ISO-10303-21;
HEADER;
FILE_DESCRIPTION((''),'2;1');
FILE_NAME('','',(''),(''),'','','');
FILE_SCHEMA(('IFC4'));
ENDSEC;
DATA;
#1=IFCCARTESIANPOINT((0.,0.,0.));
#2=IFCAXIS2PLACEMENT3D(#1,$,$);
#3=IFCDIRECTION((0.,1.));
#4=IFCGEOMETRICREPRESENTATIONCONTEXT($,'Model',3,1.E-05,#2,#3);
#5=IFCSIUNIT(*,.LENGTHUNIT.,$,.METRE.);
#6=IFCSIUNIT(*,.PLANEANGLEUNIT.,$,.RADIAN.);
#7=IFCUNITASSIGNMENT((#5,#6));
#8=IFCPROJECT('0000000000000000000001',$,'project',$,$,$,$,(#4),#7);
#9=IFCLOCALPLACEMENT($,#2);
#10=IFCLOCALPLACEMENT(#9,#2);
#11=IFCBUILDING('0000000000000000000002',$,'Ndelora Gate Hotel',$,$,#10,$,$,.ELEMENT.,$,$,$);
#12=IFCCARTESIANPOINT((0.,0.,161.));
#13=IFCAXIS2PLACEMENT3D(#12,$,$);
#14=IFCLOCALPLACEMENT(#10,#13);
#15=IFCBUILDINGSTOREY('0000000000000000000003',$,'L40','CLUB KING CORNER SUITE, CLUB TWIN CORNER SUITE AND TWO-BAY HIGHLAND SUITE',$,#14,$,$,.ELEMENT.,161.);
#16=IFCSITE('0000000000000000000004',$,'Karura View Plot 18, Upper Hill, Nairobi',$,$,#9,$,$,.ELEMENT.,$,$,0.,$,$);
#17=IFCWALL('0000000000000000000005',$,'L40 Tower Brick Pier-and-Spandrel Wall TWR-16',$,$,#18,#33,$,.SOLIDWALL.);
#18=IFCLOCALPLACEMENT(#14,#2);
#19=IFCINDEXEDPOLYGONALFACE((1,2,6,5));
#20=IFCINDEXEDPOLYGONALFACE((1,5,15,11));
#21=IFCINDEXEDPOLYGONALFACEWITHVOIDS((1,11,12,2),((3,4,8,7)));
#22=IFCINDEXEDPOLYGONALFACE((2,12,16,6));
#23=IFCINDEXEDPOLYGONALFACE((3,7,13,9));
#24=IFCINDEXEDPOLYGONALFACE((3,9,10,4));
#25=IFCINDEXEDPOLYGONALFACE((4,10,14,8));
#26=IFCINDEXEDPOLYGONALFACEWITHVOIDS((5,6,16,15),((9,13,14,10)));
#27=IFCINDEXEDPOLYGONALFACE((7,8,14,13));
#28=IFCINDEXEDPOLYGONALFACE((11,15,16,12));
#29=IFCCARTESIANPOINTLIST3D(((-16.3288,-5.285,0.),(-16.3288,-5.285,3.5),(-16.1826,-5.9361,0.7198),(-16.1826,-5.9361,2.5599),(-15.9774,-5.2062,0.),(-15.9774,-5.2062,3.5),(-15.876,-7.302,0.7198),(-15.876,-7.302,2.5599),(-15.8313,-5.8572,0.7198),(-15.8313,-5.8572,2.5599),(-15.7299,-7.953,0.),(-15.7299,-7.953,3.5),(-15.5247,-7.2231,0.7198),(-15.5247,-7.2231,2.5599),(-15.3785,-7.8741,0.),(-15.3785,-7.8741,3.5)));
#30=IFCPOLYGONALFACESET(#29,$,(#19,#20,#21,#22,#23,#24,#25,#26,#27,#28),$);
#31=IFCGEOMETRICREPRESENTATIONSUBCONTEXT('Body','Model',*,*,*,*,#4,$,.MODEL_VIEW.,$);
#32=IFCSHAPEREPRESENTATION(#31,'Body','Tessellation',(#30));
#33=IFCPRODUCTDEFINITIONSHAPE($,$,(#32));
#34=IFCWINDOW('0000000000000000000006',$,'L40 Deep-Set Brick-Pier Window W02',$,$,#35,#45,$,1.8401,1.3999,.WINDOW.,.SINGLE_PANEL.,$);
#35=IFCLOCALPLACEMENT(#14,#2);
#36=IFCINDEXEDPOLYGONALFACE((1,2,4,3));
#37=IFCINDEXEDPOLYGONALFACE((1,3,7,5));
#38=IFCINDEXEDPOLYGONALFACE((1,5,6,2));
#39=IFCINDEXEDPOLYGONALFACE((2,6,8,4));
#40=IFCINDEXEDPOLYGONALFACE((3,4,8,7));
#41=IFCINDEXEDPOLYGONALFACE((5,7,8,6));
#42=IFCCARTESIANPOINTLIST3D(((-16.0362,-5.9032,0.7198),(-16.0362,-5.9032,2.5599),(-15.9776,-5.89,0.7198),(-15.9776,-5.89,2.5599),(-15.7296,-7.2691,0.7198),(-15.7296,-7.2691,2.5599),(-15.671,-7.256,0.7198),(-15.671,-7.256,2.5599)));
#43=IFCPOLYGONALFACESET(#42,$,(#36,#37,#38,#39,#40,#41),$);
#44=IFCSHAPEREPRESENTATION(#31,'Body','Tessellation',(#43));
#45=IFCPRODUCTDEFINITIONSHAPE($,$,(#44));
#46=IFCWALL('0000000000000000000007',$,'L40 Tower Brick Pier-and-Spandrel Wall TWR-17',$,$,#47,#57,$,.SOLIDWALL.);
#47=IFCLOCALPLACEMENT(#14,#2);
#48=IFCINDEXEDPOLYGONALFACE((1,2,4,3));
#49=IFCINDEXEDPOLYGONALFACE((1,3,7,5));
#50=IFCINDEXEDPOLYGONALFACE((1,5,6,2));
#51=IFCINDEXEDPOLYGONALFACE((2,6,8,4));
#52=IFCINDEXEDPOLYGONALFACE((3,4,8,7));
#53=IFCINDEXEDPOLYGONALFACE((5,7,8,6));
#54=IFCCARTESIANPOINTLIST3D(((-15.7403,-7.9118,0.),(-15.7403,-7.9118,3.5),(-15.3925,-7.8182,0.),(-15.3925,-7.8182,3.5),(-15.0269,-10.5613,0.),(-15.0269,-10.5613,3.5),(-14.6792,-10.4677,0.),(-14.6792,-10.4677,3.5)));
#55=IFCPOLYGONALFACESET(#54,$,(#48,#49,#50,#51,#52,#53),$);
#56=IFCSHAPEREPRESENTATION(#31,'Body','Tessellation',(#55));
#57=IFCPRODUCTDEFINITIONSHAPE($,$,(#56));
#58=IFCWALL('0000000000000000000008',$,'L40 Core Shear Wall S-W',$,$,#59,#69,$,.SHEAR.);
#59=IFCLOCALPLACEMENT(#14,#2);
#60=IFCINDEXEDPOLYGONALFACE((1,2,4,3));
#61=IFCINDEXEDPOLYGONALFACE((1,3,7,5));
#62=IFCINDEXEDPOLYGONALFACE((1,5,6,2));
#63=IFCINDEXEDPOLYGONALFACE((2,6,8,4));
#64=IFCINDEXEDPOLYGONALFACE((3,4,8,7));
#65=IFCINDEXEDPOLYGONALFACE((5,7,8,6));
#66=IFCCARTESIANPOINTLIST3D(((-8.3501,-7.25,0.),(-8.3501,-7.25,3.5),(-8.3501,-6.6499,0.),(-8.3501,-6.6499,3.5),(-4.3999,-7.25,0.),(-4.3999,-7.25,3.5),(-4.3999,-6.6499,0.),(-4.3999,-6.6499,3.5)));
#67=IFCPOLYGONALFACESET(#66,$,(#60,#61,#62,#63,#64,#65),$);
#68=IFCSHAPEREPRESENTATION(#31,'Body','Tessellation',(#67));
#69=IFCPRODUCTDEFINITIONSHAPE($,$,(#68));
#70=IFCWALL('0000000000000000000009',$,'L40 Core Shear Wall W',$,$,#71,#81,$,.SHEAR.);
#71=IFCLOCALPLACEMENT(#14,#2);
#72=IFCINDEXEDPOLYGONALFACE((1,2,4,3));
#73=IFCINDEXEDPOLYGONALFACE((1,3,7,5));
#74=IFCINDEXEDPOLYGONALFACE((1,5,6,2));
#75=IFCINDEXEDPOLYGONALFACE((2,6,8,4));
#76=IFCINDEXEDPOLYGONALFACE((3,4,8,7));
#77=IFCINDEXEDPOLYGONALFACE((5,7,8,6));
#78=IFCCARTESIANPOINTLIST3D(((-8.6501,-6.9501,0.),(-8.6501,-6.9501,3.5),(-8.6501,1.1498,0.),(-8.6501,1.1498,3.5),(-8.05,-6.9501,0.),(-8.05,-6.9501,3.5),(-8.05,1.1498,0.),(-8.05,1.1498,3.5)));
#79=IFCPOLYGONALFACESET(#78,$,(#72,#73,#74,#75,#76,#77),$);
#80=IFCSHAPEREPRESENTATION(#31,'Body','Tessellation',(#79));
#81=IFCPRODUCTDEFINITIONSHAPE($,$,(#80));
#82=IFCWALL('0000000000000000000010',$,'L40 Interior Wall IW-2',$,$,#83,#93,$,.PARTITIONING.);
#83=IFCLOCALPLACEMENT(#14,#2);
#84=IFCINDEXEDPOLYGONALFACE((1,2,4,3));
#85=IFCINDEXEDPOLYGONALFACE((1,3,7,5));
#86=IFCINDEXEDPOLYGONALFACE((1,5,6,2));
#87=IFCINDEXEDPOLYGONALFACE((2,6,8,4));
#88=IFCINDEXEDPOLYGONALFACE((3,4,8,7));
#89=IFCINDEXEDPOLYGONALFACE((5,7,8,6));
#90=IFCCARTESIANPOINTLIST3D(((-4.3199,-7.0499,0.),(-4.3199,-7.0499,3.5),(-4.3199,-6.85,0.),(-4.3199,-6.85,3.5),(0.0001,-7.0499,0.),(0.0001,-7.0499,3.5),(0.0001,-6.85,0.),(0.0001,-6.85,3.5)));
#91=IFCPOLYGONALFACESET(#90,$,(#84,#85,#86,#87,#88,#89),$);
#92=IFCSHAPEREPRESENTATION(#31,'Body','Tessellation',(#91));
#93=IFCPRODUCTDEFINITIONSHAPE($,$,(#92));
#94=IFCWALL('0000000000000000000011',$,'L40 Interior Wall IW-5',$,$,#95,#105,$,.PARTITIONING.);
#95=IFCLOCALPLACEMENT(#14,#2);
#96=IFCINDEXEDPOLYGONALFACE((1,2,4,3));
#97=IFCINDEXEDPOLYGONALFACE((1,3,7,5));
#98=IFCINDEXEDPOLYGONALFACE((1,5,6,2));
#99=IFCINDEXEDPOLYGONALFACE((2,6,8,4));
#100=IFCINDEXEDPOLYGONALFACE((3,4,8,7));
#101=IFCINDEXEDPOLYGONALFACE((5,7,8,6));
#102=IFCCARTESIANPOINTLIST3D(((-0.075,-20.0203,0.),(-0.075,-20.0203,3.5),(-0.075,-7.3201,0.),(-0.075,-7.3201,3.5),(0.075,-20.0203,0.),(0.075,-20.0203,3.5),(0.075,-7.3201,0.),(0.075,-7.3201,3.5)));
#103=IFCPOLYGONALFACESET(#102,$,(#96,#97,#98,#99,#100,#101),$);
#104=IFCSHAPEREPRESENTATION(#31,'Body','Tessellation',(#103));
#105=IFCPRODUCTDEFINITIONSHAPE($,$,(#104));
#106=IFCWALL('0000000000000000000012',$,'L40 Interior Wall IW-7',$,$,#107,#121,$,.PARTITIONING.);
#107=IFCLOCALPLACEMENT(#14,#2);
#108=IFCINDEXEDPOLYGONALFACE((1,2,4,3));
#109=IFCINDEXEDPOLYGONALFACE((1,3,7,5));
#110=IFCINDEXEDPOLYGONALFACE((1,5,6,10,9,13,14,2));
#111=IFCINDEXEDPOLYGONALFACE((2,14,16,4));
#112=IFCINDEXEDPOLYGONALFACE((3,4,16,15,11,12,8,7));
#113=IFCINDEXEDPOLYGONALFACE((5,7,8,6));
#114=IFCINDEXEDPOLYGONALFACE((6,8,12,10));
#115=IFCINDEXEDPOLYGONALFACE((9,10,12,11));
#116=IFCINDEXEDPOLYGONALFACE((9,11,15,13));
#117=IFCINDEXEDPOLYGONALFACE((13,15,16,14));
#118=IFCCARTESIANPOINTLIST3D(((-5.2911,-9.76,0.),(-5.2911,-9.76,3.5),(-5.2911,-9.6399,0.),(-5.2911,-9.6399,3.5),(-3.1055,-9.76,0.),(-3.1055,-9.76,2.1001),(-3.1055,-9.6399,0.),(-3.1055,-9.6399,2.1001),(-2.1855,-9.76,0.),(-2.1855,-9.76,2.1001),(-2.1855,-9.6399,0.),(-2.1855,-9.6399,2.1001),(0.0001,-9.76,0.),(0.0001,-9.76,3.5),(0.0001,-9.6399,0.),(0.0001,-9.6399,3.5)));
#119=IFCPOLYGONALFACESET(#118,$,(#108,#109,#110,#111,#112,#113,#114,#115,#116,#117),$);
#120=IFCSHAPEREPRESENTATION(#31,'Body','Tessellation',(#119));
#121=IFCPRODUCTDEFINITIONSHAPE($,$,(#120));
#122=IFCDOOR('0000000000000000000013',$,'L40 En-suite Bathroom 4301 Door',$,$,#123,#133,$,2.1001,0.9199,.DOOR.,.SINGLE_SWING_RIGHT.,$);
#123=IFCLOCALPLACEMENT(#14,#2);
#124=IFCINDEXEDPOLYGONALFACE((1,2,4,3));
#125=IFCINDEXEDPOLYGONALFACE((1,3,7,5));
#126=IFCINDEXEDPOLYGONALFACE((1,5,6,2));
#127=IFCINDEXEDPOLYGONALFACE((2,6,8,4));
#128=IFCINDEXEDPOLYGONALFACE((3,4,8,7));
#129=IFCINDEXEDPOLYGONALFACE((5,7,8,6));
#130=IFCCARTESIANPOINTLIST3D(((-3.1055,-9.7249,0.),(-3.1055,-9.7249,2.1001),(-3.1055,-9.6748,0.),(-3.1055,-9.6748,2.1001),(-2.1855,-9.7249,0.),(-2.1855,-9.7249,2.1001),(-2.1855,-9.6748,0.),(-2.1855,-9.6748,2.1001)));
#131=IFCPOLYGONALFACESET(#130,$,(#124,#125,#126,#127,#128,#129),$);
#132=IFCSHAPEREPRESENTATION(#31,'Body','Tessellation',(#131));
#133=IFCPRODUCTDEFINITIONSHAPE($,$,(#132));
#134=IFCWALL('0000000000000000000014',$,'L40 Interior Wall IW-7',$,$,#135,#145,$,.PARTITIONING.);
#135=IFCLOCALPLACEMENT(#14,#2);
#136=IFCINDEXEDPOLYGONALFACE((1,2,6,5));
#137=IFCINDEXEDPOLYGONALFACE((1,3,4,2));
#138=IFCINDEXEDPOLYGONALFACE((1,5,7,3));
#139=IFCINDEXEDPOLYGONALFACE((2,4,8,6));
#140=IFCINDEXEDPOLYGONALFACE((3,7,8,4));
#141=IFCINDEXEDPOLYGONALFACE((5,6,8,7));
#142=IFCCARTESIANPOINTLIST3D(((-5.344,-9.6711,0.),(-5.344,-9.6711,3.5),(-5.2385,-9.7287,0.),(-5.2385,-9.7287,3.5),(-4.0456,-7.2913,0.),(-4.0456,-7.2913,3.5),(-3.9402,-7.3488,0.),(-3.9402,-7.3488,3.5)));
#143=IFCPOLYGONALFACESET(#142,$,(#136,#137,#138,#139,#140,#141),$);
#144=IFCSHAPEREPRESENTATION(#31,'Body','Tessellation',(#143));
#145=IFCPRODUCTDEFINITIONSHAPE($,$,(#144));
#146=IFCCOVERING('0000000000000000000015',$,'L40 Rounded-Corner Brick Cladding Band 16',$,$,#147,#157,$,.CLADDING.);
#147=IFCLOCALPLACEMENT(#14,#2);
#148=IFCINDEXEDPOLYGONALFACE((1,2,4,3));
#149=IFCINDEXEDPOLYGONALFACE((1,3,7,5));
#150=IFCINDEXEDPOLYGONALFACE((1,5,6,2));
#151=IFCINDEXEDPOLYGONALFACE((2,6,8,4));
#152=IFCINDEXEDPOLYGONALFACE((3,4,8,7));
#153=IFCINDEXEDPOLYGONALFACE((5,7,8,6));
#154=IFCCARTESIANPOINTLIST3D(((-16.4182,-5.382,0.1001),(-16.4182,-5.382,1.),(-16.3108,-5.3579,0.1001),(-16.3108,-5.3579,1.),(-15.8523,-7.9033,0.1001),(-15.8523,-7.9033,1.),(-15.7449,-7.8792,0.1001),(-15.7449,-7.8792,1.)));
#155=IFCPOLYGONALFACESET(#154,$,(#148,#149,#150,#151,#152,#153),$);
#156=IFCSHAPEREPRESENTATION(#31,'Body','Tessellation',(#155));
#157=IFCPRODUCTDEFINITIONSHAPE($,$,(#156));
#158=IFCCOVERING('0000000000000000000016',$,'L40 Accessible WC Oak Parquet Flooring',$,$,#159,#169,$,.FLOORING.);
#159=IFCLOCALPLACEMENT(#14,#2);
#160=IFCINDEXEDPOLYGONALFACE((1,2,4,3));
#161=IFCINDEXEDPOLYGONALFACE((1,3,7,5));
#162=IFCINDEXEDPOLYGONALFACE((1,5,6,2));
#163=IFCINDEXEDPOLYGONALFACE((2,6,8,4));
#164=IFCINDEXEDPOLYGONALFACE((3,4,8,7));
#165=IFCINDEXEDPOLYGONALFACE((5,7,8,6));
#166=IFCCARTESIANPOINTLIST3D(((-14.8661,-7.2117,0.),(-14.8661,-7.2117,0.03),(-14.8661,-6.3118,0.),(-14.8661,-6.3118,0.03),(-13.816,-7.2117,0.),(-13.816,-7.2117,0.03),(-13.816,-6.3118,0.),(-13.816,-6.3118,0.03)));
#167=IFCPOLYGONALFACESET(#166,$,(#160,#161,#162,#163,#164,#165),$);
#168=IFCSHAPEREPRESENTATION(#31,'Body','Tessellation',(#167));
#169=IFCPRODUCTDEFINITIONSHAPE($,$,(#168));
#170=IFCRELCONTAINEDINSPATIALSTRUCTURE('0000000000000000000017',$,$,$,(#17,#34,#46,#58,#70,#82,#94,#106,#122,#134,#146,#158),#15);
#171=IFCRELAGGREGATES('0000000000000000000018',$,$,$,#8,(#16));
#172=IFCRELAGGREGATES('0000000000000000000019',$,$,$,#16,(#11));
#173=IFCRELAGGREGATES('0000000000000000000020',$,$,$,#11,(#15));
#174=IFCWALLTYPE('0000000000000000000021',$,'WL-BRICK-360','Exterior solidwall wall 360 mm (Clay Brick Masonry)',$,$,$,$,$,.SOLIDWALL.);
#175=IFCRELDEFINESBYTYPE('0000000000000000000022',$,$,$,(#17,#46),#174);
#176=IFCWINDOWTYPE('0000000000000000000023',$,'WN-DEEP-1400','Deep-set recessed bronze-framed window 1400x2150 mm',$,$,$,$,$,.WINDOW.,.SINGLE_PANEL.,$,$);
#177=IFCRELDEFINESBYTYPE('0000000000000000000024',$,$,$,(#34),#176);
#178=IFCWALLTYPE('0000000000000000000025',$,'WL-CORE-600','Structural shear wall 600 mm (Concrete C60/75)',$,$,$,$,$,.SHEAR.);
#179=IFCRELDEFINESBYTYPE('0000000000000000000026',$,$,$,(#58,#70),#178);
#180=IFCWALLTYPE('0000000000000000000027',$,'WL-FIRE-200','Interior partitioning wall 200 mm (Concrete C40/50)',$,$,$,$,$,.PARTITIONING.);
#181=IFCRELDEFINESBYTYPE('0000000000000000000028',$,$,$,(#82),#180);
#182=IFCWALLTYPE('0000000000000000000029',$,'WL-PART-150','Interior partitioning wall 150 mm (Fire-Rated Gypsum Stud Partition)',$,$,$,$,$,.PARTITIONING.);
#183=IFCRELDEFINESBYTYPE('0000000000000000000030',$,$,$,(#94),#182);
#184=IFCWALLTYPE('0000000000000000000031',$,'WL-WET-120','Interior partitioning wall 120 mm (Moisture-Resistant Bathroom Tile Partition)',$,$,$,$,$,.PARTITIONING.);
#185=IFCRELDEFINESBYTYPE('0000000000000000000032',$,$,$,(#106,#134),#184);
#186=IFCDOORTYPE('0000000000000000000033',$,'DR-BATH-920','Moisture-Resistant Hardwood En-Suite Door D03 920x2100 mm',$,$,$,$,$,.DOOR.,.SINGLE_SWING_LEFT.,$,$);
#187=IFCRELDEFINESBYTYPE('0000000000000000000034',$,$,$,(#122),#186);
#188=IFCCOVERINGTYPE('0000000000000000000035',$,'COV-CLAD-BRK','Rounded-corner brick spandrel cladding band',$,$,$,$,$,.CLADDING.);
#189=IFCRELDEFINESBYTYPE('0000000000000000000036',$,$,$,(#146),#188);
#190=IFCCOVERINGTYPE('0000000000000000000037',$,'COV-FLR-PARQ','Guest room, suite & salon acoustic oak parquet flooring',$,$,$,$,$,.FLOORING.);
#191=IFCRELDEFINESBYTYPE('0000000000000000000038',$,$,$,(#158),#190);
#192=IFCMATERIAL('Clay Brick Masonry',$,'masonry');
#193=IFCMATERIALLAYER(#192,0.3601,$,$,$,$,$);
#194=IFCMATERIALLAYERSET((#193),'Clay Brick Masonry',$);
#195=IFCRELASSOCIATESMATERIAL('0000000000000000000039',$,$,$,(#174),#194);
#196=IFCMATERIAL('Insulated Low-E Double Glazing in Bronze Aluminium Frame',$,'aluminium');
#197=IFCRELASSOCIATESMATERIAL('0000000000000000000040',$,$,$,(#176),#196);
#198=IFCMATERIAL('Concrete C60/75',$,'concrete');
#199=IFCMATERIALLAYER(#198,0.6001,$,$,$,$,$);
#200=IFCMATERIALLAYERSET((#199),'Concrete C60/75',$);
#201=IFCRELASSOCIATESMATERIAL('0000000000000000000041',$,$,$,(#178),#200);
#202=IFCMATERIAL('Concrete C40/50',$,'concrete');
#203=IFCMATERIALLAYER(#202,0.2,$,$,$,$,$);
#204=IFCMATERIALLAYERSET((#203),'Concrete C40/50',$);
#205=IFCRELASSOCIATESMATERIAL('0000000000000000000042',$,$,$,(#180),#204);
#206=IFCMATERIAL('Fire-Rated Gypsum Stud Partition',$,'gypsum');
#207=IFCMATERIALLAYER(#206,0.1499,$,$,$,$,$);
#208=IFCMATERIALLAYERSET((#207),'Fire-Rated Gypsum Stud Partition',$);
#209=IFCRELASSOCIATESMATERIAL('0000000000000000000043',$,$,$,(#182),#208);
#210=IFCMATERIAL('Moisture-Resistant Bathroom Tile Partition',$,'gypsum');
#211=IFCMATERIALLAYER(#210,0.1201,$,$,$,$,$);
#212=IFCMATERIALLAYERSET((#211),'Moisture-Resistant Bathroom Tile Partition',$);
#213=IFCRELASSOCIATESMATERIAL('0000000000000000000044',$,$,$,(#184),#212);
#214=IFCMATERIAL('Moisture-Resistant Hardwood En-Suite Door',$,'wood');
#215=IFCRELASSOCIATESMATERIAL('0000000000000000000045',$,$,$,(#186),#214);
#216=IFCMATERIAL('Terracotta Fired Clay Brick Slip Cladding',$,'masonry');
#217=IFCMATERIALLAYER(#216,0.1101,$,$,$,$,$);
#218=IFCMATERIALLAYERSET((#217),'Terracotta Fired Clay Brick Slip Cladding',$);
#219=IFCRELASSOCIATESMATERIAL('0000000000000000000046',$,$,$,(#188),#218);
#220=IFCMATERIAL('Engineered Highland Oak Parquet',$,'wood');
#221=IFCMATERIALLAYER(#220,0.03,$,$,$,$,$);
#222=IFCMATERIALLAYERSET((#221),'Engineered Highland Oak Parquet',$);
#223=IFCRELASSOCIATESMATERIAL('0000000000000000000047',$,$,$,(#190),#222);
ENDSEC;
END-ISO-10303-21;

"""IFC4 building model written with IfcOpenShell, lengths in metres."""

from ifc_helpers import new_model, si_unit, direction, frame, frame_2d, origin, origin_2d, place, context, subcontext, project, spatial, rectangle, extrude, material, layer, layer_set, type_object, element, fill, save


model = new_model("IFC4")

# Units and contexts
model_context = context("Model", 3, precision=1e-05, world=origin(), true_north=direction((0.0, 1.0)))
body_context = subcontext(model_context, "Body", "Model", "MODEL_VIEW")
ifc_project = project(units=[si_unit("LENGTHUNIT", "METRE"), si_unit("PLANEANGLEUNIT", "RADIAN")], contexts=[model_context])

# Site, building, storey
site_placement = place(None, origin())
site = spatial("IfcSite", under=ifc_project, at=site_placement, Name="Karura View Plot 18, Upper Hill, Nairobi", CompositionType="ELEMENT", RefElevation=0.0)
building_placement = place(site_placement, origin())
building = spatial("IfcBuilding", under=site, at=building_placement, Name="Ndelora Gate Hotel", CompositionType="ELEMENT")
storey_placement = place(building_placement, frame((0.0, 0.0, 161.0)))
storey = spatial("IfcBuildingStorey", under=building, at=storey_placement, Name="L40", Description="CLUB KING CORNER SUITE, CLUB TWIN CORNER SUITE AND TWO-BAY HIGHLAND SUITE", CompositionType="ELEMENT", Elevation=161.0)

# Shared definitions
ifc_material_1 = material(Name="Concrete C60/75", Category="concrete")

# Wall, opening, window
ifc_material_2 = material(Name="Clay Brick Masonry", Category="masonry")
ifc_layer_1 = layer(ifc_material_2, 0.3601)
ifc_layer_set_1 = layer_set([ifc_layer_1], Name="Clay Brick Masonry")
wall_type_1 = type_object("IfcWallType", Name="WL-BRICK-360", Description="Exterior solidwall wall 360 mm (Clay Brick Masonry)", PredefinedType="SOLIDWALL", material=ifc_layer_set_1)
wall_1_placement = place(storey_placement, frame((-15.5542, -7.9136, 0.0), z_axis=(0.0, 0.0, 1.0), x_axis=(-0.219019, 0.975721, 0.0)))
wall_1 = element("IfcWall", 1, at=wall_1_placement, inside=storey, type_object=wall_type_1, Name="L40 Tower Brick Pier-and-Spandrel Wall TWR-16", PredefinedType="SOLIDWALL", context=body_context, shape_type="SweptSolid", body=[
    extrude(rectangle(XDim=2.7344, YDim=0.3601, at=frame_2d((1.3672, 0.0))), origin(), (0.0, 0.0, 1.0), 3.5),
])
opening_1_placement = place(wall_1_placement, frame((0.6672, 0.0, 0.72)))
opening_1 = element("IfcOpeningElement", 2, at=opening_1_placement, cuts=wall_1, PredefinedType="OPENING", context=body_context, shape_type="SweptSolid", body=[
    extrude(rectangle(XDim=1.3999, YDim=1.8401, at=frame_2d((0.7, 0.9199))), frame((0.0, 0.1899, 0.0), z_axis=(0.0, -1.0, 0.0), x_axis=(1.0, 0.0, 0.0)), (0.0, 0.0, 1.0), 0.3801),
])
ifc_material_3 = material(Name="Insulated Low-E Double Glazing in Bronze Aluminium Frame", Category="aluminium")
window_type = type_object("IfcWindowType", Name="WN-DEEP-1400", Description="Deep-set recessed bronze-framed window 1400x2150 mm", PartitioningType="SINGLE_PANEL", PredefinedType="WINDOW", material=ifc_material_3)
window_placement = place(opening_1_placement, origin())
window = element("IfcWindow", 3, at=window_placement, inside=storey, type_object=window_type, Name="L40 Deep-Set Brick-Pier Window W02", OverallHeight=1.8401, OverallWidth=1.3999, PartitioningType="SINGLE_PANEL", PredefinedType="WINDOW", context=body_context, shape_type="SweptSolid", body=[
    extrude(rectangle(XDim=1.3999, YDim=1.8401, at=frame_2d((0.7, 0.9199))), frame((0.0, 0.03, 0.0), z_axis=(0.0, -1.0, 0.0), x_axis=(1.0, 0.0, 0.0)), (0.0, 0.0, 1.0), 0.0601),
])
fill(opening_1, window)

# Walls
wall_2_placement = place(storey_placement, frame((-14.853, -10.5146, 0.0), z_axis=(0.0, 0.0, 1.0), x_axis=(-0.259977, 0.965615, 0.0)))
element("IfcWall", 4, at=wall_2_placement, inside=storey, type_object=wall_type_1, Name="L40 Tower Brick Pier-and-Spandrel Wall TWR-17", PredefinedType="SOLIDWALL", context=body_context, shape_type="SweptSolid", body=[
    extrude(rectangle(XDim=2.7439, YDim=0.3601, at=frame_2d((1.3721, 0.0))), origin(), (0.0, 0.0, 1.0), 3.5),
])
ifc_layer_2 = layer(ifc_material_1, 0.6001)
ifc_layer_set_2 = layer_set([ifc_layer_2], Name="Concrete C60/75")
wall_type_2 = type_object("IfcWallType", Name="WL-CORE-600", Description="Structural shear wall 600 mm (Concrete C60/75)", PredefinedType="SHEAR", material=ifc_layer_set_2)
wall_3_placement = place(storey_placement, frame((-8.3501, -6.95, 0.0), z_axis=(0.0, 0.0, 1.0), x_axis=(1.0, 0.0, 0.0)))
element("IfcWall", 5, at=wall_3_placement, inside=storey, type_object=wall_type_2, Name="L40 Core Shear Wall S-W", PredefinedType="SHEAR", context=body_context, shape_type="SweptSolid", body=[
    extrude(rectangle(XDim=3.9502, YDim=0.6001, at=frame_2d((1.9751, 0.0))), origin(), (0.0, 0.0, 1.0), 3.5),
])
wall_4_placement = place(storey_placement, frame((-8.3501, -6.95, 0.0), z_axis=(0.0, 0.0, 1.0), x_axis=(0.0, 1.0, 0.0)))
element("IfcWall", 6, at=wall_4_placement, inside=storey, type_object=wall_type_2, Name="L40 Core Shear Wall W", PredefinedType="SHEAR", context=body_context, shape_type="SweptSolid", body=[
    extrude(rectangle(XDim=8.0999, YDim=0.6001, at=frame_2d((4.0498, 0.0))), origin(), (0.0, 0.0, 1.0), 3.5),
])
ifc_material_4 = material(Name="Concrete C40/50", Category="concrete")
ifc_layer_3 = layer(ifc_material_4, 0.2)
ifc_layer_set_3 = layer_set([ifc_layer_3], Name="Concrete C40/50")
wall_type_3 = type_object("IfcWallType", Name="WL-FIRE-200", Description="Interior partitioning wall 200 mm (Concrete C40/50)", PredefinedType="PARTITIONING", material=ifc_layer_set_3)
wall_5_placement = place(storey_placement, frame((-4.3201, -6.95, 0.0), z_axis=(0.0, 0.0, 1.0), x_axis=(1.0, 0.0, 0.0)))
element("IfcWall", 7, at=wall_5_placement, inside=storey, type_object=wall_type_3, Name="L40 Interior Wall IW-2", PredefinedType="PARTITIONING", context=body_context, shape_type="SweptSolid", body=[
    extrude(rectangle(XDim=4.3201, YDim=0.2, at=frame_2d((2.1602, 0.0))), origin(), (0.0, 0.0, 1.0), 3.5),
])
ifc_material_5 = material(Name="Fire-Rated Gypsum Stud Partition", Category="gypsum")
ifc_layer_4 = layer(ifc_material_5, 0.1499)
ifc_layer_set_4 = layer_set([ifc_layer_4], Name="Fire-Rated Gypsum Stud Partition")
wall_type_4 = type_object("IfcWallType", Name="WL-PART-150", Description="Interior partitioning wall 150 mm (Fire-Rated Gypsum Stud Partition)", PredefinedType="PARTITIONING", material=ifc_layer_set_4)
wall_6_placement = place(storey_placement, frame((0.0, -7.3201, 0.0), z_axis=(0.0, 0.0, 1.0), x_axis=(0.0, -1.0, 0.0)))
element("IfcWall", 8, at=wall_6_placement, inside=storey, type_object=wall_type_4, Name="L40 Interior Wall IW-5", PredefinedType="PARTITIONING", context=body_context, shape_type="SweptSolid", body=[
    extrude(rectangle(XDim=12.7002, YDim=0.1499, at=frame_2d((6.3501, 0.0))), origin(), (0.0, 0.0, 1.0), 3.5),
])

# Wall, opening, door
ifc_material_6 = material(Name="Moisture-Resistant Bathroom Tile Partition", Category="gypsum")
ifc_layer_5 = layer(ifc_material_6, 0.1201)
ifc_layer_set_5 = layer_set([ifc_layer_5], Name="Moisture-Resistant Bathroom Tile Partition")
wall_type_5 = type_object("IfcWallType", Name="WL-WET-120", Description="Interior partitioning wall 120 mm (Moisture-Resistant Bathroom Tile Partition)", PredefinedType="PARTITIONING", material=ifc_layer_set_5)
wall_7_placement = place(storey_placement, frame((0.0, -9.7, 0.0), z_axis=(0.0, 0.0, 1.0), x_axis=(-1.0, 0.0, 0.0)))
wall_7 = element("IfcWall", 9, at=wall_7_placement, inside=storey, type_object=wall_type_5, Name="L40 Interior Wall IW-7", PredefinedType="PARTITIONING", context=body_context, shape_type="SweptSolid", body=[
    extrude(rectangle(XDim=5.2913, YDim=0.1201, at=frame_2d((2.6455, 0.0))), origin(), (0.0, 0.0, 1.0), 3.5),
])
opening_2_placement = place(wall_7_placement, frame((2.1855, 0.0, 0.0)))
opening_2 = element("IfcOpeningElement", 10, at=opening_2_placement, cuts=wall_7, PredefinedType="OPENING", context=body_context, shape_type="SweptSolid", body=[
    extrude(rectangle(XDim=0.9199, YDim=2.1001, at=frame_2d((0.46, 1.05))), frame((0.0, 0.0701, 0.0), z_axis=(0.0, -1.0, 0.0), x_axis=(1.0, 0.0, 0.0)), (0.0, 0.0, 1.0), 0.1401),
])
ifc_material_7 = material(Name="Moisture-Resistant Hardwood En-Suite Door", Category="wood")
door_type = type_object("IfcDoorType", Name="DR-BATH-920", Description="Moisture-Resistant Hardwood En-Suite Door D03 920x2100 mm", OperationType="SINGLE_SWING_LEFT", PredefinedType="DOOR", material=ifc_material_7)
door_placement = place(opening_2_placement, origin())
door = element("IfcDoor", 11, at=door_placement, inside=storey, type_object=door_type, Name="L40 En-suite Bathroom 4301 Door", OperationType="SINGLE_SWING_RIGHT", OverallHeight=2.1001, OverallWidth=0.9199, PredefinedType="DOOR", context=body_context, shape_type="SweptSolid", body=[
    extrude(rectangle(XDim=0.9199, YDim=2.1001, at=frame_2d((0.46, 1.05))), frame((0.0, 0.0249, 0.0), z_axis=(0.0, -1.0, 0.0), x_axis=(1.0, 0.0, 0.0)), (0.0, 0.0, 1.0), 0.05),
])
fill(opening_2, door)

# Wall
wall_8_placement = place(storey_placement, frame((-3.9929, -7.3201, 0.0), z_axis=(0.0, 0.0, 1.0), x_axis=(-0.478915, -0.877861, 0.0)))
element("IfcWall", 12, at=wall_8_placement, inside=storey, type_object=wall_type_5, Name="L40 Interior Wall IW-7", PredefinedType="PARTITIONING", context=body_context, shape_type="SweptSolid", body=[
    extrude(rectangle(XDim=2.7109, YDim=0.1201, at=frame_2d((1.3555, 0.0))), origin(), (0.0, 0.0, 1.0), 3.5),
])

# Coverings
ifc_material_8 = material(Name="Terracotta Fired Clay Brick Slip Cladding", Category="masonry")
ifc_layer_6 = layer(ifc_material_8, 0.1101)
ifc_layer_set_6 = layer_set([ifc_layer_6], Name="Terracotta Fired Clay Brick Slip Cladding")
covering_type_1 = type_object("IfcCoveringType", Name="COV-CLAD-BRK", Description="Rounded-corner brick spandrel cladding band", PredefinedType="CLADDING", material=ifc_layer_set_6)
covering_1_placement = place(storey_placement, frame((-16.0815, -6.6306, 0.1001), z_axis=(0.0, 0.0, 1.0), x_axis=(-0.218995, 0.975726, 0.0)))
element("IfcCovering", 13, at=covering_1_placement, inside=storey, type_object=covering_type_1, Name="L40 Rounded-Corner Brick Cladding Band 16", PredefinedType="CLADDING", context=body_context, shape_type="SweptSolid", body=[
    extrude(rectangle(XDim=2.584, YDim=0.1101, at=origin_2d()), origin(), (0.0, 0.0, 1.0), 0.8999),
])
ifc_material_9 = material(Name="Engineered Highland Oak Parquet", Category="wood")
ifc_layer_7 = layer(ifc_material_9, 0.03)
ifc_layer_set_7 = layer_set([ifc_layer_7], Name="Engineered Highland Oak Parquet")
covering_type_2 = type_object("IfcCoveringType", Name="COV-FLR-PARQ", Description="Guest room, suite & salon acoustic oak parquet flooring", PredefinedType="FLOORING", material=ifc_layer_set_7)
covering_2_placement = place(storey_placement, frame((-14.3411, -6.7617, 0.0), z_axis=(0.0, 0.0, 1.0), x_axis=(1.0, 0.0, 0.0)))
element("IfcCovering", 14, at=covering_2_placement, inside=storey, type_object=covering_type_2, Name="L40 Accessible WC Oak Parquet Flooring", PredefinedType="FLOORING", context=body_context, shape_type="SweptSolid", body=[
    extrude(rectangle(XDim=1.05, YDim=0.8999, at=origin_2d()), origin(), (0.0, 0.0, 1.0), 0.03),
])

save(model, "model.ifc")
